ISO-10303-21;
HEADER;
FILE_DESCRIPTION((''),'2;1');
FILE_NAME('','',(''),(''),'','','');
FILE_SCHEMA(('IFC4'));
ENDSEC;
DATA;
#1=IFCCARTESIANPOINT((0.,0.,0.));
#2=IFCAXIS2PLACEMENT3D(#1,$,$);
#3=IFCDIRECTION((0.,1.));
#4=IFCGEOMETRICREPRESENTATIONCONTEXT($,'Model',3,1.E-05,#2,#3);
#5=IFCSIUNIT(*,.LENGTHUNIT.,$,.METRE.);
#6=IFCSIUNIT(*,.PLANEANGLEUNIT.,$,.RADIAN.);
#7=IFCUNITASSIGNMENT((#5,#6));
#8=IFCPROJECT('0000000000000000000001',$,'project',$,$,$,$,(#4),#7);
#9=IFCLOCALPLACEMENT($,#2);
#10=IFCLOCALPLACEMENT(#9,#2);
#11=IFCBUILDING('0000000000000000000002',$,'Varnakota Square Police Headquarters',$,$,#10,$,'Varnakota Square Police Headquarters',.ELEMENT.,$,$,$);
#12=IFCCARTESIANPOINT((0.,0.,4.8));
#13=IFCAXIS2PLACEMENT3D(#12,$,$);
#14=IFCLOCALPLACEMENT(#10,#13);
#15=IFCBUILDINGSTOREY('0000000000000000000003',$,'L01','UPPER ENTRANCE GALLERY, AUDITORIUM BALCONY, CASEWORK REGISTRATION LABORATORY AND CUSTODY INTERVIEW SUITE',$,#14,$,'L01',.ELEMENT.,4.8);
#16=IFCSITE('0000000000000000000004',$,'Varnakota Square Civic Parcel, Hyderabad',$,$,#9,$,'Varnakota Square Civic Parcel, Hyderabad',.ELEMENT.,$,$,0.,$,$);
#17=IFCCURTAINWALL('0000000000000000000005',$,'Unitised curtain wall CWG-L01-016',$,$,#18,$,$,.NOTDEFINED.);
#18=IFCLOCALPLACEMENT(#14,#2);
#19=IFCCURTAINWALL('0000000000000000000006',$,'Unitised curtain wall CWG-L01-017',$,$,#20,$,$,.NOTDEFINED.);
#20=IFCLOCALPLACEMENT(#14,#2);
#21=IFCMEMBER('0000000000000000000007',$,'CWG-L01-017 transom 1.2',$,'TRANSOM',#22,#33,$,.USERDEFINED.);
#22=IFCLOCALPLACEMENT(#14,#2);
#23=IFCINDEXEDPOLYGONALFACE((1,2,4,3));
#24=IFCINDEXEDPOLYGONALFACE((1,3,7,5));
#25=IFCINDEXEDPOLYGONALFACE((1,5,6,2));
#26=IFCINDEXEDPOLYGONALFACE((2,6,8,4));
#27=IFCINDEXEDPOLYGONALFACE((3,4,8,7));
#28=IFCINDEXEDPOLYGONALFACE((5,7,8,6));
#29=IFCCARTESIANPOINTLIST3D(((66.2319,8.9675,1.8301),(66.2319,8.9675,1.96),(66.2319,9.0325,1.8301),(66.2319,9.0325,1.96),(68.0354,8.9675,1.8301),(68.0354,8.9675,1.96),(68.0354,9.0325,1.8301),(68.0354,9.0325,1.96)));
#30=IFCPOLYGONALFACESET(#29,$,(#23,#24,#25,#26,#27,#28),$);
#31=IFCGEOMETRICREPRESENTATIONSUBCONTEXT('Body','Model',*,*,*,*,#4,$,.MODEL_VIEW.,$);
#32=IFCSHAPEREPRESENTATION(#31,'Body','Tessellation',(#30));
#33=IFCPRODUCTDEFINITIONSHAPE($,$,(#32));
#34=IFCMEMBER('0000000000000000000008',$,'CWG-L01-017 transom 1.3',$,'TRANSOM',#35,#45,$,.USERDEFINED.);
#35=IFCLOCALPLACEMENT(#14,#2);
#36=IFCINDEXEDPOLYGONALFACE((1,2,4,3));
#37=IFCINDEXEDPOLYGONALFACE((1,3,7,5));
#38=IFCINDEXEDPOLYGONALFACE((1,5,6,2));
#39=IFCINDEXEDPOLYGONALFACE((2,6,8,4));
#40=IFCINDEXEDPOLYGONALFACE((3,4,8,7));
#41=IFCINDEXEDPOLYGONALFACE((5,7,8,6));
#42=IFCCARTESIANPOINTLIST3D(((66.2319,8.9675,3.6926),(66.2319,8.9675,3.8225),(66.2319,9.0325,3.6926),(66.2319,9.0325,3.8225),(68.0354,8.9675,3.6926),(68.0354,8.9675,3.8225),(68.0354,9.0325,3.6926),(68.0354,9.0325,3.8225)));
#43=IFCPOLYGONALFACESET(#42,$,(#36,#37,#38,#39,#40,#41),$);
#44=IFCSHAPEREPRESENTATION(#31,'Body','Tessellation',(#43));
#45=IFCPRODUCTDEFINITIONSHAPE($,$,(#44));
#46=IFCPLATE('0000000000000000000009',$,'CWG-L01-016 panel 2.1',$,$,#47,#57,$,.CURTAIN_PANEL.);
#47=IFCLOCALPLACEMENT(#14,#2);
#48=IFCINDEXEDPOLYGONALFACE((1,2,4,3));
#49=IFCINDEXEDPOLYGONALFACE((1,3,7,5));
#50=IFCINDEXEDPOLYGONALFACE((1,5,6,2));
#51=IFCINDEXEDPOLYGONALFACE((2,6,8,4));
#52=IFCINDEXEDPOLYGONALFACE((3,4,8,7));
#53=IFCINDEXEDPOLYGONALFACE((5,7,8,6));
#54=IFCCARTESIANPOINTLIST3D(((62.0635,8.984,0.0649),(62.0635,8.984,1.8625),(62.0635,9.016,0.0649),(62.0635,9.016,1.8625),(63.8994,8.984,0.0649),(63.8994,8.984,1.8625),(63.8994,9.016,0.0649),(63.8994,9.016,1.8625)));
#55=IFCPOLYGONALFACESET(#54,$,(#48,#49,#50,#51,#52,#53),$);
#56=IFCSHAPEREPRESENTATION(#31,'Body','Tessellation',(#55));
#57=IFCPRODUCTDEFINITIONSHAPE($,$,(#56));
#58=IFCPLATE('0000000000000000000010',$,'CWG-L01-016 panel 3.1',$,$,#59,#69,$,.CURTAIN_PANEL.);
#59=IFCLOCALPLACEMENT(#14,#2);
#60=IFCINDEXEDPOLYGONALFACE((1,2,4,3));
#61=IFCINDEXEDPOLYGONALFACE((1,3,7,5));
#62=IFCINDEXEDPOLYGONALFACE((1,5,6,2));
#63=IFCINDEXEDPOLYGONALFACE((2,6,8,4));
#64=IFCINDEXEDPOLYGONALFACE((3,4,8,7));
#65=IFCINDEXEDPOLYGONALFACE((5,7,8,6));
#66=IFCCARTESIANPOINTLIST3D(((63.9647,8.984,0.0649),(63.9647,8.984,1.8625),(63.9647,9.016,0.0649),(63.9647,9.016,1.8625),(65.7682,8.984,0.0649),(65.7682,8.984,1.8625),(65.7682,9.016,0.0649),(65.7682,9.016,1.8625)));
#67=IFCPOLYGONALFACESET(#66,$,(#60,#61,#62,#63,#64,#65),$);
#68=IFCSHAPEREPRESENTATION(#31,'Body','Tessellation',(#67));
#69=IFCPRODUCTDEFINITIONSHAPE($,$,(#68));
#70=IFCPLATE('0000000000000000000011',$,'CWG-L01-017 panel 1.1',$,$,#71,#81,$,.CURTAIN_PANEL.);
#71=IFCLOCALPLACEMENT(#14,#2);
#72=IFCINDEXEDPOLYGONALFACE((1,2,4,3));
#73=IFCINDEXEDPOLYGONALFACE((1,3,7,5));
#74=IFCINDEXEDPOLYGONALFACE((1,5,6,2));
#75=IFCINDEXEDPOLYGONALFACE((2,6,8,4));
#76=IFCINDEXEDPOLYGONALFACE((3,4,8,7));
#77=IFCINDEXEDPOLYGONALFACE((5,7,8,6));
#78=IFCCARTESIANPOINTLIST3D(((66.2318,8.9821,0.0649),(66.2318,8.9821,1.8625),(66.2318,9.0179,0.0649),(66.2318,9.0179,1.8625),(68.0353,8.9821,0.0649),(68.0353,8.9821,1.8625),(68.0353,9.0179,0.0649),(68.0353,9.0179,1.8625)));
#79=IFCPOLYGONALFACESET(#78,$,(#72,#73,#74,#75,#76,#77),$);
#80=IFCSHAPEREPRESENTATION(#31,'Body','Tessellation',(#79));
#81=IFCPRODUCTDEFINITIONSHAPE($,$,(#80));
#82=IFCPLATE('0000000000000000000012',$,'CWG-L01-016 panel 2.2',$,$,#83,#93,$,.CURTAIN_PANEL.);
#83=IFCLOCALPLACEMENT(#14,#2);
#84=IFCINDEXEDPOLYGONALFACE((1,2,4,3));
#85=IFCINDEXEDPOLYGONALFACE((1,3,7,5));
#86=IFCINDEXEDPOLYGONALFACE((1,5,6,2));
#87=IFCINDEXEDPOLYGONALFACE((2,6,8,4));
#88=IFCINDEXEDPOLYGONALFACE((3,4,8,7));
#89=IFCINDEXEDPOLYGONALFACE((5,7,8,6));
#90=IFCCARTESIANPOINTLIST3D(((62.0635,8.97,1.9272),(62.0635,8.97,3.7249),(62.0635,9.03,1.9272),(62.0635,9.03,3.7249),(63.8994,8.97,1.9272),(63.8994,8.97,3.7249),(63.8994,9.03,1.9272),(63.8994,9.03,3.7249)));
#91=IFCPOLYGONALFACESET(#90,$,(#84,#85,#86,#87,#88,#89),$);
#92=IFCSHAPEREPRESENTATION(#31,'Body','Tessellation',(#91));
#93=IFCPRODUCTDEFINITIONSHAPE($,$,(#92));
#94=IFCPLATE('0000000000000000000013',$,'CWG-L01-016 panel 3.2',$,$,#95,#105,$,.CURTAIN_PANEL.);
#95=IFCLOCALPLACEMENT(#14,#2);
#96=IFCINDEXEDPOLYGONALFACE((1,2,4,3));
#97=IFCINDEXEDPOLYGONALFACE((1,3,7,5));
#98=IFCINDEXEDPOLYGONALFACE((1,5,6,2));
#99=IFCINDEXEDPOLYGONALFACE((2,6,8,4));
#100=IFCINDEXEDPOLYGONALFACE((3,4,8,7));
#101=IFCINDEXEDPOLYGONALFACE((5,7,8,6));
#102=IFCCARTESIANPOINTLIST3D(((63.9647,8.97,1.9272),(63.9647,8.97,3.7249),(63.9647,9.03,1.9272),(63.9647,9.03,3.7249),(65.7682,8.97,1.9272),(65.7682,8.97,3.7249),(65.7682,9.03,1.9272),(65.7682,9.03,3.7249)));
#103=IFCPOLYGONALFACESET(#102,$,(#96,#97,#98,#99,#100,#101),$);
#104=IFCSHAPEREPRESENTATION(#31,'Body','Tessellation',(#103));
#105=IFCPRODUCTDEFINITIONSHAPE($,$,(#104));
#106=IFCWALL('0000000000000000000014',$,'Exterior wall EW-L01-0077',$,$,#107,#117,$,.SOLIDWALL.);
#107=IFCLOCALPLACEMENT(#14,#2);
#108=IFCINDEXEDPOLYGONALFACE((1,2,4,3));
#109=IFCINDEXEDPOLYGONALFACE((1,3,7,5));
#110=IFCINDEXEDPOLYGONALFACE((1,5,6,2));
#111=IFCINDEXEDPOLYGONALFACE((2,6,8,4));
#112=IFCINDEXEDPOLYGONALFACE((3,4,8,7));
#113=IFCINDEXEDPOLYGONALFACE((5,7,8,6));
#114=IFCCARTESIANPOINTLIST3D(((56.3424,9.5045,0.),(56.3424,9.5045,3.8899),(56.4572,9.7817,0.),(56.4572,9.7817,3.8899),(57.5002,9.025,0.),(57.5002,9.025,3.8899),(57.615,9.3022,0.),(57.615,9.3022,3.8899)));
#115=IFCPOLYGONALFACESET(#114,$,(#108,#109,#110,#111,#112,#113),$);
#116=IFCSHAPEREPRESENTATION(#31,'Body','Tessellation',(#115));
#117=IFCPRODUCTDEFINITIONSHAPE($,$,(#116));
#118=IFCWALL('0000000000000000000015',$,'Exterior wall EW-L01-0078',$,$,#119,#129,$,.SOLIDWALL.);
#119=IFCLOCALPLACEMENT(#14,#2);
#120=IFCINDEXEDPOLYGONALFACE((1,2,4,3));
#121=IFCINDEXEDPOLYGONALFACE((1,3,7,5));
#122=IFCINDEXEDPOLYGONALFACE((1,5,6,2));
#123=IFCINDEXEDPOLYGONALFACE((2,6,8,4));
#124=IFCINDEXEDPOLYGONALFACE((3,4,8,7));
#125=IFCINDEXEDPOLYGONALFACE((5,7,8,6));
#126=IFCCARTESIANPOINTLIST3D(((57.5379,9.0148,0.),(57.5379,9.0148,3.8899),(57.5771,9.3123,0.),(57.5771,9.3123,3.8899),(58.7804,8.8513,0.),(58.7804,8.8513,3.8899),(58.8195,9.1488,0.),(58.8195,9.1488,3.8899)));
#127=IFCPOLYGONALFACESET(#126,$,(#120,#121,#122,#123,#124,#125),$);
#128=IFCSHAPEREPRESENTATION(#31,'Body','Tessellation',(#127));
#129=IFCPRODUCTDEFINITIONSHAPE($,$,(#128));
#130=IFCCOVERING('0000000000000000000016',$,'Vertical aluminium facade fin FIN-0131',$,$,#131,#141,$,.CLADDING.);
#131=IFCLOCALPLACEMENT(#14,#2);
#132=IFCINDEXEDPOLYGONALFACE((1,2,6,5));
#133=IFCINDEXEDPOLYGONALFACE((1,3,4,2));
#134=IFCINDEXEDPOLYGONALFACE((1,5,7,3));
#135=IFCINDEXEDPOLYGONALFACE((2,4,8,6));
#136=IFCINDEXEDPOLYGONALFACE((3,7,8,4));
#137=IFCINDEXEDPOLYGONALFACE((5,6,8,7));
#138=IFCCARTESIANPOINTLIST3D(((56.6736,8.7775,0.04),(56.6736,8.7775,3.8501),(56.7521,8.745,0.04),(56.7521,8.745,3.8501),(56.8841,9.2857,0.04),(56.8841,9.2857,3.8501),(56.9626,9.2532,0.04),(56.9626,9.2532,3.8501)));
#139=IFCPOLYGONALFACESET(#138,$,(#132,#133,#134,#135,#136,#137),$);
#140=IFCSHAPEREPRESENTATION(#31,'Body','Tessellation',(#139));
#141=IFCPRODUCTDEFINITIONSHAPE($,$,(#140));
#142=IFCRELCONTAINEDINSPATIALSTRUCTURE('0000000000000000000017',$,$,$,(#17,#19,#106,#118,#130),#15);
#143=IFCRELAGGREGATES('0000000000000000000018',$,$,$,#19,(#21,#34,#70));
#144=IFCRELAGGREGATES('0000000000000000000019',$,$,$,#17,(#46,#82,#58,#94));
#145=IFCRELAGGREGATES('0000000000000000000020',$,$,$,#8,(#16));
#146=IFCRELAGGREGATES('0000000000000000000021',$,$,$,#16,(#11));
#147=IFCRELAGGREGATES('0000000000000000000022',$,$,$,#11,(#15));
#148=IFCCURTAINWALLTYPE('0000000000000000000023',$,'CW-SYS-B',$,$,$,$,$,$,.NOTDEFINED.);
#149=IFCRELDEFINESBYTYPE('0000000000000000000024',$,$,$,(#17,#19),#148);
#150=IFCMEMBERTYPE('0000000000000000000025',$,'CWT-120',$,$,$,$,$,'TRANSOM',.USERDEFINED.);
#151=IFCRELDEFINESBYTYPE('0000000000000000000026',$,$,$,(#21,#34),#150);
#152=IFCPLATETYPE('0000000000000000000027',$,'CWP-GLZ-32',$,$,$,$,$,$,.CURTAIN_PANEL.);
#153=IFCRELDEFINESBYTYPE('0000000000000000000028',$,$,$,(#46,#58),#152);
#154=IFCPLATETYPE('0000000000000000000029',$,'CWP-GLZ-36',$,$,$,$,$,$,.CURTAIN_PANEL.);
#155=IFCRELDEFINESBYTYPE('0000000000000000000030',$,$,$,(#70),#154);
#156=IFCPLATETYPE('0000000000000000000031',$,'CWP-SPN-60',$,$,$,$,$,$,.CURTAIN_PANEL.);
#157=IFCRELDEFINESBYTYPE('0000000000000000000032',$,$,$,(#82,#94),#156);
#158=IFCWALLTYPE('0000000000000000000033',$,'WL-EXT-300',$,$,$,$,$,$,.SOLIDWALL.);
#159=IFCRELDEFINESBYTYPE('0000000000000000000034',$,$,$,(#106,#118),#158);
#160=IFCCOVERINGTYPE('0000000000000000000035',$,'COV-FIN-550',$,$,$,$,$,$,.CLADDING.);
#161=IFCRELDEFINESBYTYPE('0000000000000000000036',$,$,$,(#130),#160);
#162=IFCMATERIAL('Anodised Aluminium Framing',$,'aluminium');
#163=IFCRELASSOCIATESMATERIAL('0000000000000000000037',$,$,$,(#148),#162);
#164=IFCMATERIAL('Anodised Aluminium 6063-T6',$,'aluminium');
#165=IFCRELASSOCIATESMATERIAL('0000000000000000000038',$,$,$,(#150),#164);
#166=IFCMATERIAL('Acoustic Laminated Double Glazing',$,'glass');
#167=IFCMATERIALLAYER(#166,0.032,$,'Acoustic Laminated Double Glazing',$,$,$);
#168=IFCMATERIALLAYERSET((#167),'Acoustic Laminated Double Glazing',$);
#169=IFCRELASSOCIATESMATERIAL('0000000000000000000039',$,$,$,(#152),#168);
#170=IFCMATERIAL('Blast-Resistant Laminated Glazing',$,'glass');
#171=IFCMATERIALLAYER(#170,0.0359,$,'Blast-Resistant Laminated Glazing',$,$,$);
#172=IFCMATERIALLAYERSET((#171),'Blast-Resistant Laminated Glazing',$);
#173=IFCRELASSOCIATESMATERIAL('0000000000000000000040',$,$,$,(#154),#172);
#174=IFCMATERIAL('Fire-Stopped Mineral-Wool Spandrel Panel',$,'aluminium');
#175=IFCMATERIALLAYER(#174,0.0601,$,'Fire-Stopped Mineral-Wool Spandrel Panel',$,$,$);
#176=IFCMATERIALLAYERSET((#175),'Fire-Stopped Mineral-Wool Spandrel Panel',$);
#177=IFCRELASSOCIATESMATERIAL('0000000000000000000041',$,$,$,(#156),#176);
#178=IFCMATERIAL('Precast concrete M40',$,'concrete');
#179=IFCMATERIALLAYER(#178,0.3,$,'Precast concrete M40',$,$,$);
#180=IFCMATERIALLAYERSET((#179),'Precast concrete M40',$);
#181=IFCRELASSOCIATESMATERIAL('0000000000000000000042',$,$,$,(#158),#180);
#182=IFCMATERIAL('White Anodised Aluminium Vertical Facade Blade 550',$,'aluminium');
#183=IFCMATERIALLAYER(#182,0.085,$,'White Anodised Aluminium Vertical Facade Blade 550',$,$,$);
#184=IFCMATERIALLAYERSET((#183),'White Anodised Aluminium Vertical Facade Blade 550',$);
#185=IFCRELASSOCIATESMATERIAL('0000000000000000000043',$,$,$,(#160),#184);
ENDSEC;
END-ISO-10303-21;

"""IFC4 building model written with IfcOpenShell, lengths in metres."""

from ifc_helpers import new_model, si_unit, direction, frame, frame_2d, origin, origin_2d, place, context, subcontext, project, spatial, rectangle, extrude, material, layer, layer_set, material_profile, profile_set, type_object, element, aggregate, save


model = new_model("IFC4")

# Units and contexts
model_context = context("Model", 3, precision=1e-05, world=origin(), true_north=direction((0.0, 1.0)))
body_context = subcontext(model_context, "Body", "Model", "MODEL_VIEW")
ifc_project = project(units=[si_unit("LENGTHUNIT", "METRE"), si_unit("PLANEANGLEUNIT", "RADIAN")], contexts=[model_context])

# Site, building, storey
site_placement = place(None, origin())
site = spatial("IfcSite", under=ifc_project, at=site_placement, Name="Varnakota Square Civic Parcel, Hyderabad", LongName="Varnakota Square Civic Parcel, Hyderabad", CompositionType="ELEMENT", RefElevation=0.0)
building_placement = place(site_placement, origin())
building = spatial("IfcBuilding", under=site, at=building_placement, Name="Varnakota Square Police Headquarters", LongName="Varnakota Square Police Headquarters", CompositionType="ELEMENT")
storey_placement = place(building_placement, frame((0.0, 0.0, 4.8)))
storey = spatial("IfcBuildingStorey", under=building, at=storey_placement, Name="L01", Description="UPPER ENTRANCE GALLERY, AUDITORIUM BALCONY, CASEWORK REGISTRATION LABORATORY AND CUSTODY INTERVIEW SUITE", LongName="L01", CompositionType="ELEMENT", Elevation=4.8)

# Curtain wall
ifc_material_1 = material(Name="Anodised Aluminium Framing", Category="aluminium")
curtain_wall_type = type_object("IfcCurtainWallType", Name="CW-SYS-B", PredefinedType="NOTDEFINED", material=ifc_material_1)
curtain_wall_1_placement = place(storey_placement, origin())
curtain_wall_1 = element("IfcCurtainWall", 1, at=curtain_wall_1_placement, inside=storey, type_object=curtain_wall_type, Name="Unitised curtain wall CWG-L01-016", PredefinedType="NOTDEFINED")
ifc_material_2 = material(Name="Anodised Aluminium 6063-T6", Category="aluminium")

# Curtain wall
curtain_wall_2_placement = place(storey_placement, origin())
curtain_wall_2 = element("IfcCurtainWall", 2, at=curtain_wall_2_placement, inside=storey, type_object=curtain_wall_type, Name="Unitised curtain wall CWG-L01-017", PredefinedType="NOTDEFINED")

# Members
ifc_material_profile_1 = material_profile(ifc_material_2, rectangle(XDim=0.0649, YDim=0.1299, at=origin_2d()), Name="ALU TRANSOM 65x130")
ifc_profile_set_1 = profile_set([ifc_material_profile_1], Name="Anodised Aluminium 6063-T6")
member_type_1 = type_object("IfcMemberType", Name="CWT-120", ElementType="TRANSOM", PredefinedType="USERDEFINED", material=ifc_profile_set_1)
member_1_placement = place(storey_placement, frame((66.2319, 9.0, 1.895), z_axis=(1.0, 0.0, 0.0), x_axis=(0.0, 1.0, 0.0)))
member_1 = element("IfcMember", 3, at=member_1_placement, type_object=member_type_1, Name="CWG-L01-017 transom 1.2", ObjectType="TRANSOM", PredefinedType="USERDEFINED", context=body_context, shape_type="SweptSolid", body=[
    extrude(rectangle(XDim=0.0649, YDim=0.1299, at=origin_2d()), origin(), (0.0, 0.0, 1.0), 1.8035),
])
member_2_placement = place(storey_placement, frame((66.2319, 9.0, 3.7576), z_axis=(1.0, 0.0, 0.0), x_axis=(0.0, 1.0, 0.0)))
member_2 = element("IfcMember", 4, at=member_2_placement, type_object=member_type_1, Name="CWG-L01-017 transom 1.3", ObjectType="TRANSOM", PredefinedType="USERDEFINED", context=body_context, shape_type="SweptSolid", body=[
    extrude(rectangle(XDim=0.0649, YDim=0.1299, at=origin_2d()), origin(), (0.0, 0.0, 1.0), 1.8035),
])

# Plates
ifc_material_3 = material(Name="Acoustic Laminated Double Glazing", Category="glass")
ifc_layer_1 = layer(ifc_material_3, 0.032, Name="Acoustic Laminated Double Glazing")
ifc_layer_set_1 = layer_set([ifc_layer_1], Name="Acoustic Laminated Double Glazing")
plate_type_1 = type_object("IfcPlateType", Name="CWP-GLZ-32", PredefinedType="CURTAIN_PANEL", material=ifc_layer_set_1)
plate_1_placement = place(storey_placement, frame((62.9814, 9.0, 0.0649), z_axis=(0.0, 0.0, 1.0), x_axis=(1.0, 0.0, 0.0)))
plate_1 = element("IfcPlate", 5, at=plate_1_placement, type_object=plate_type_1, Name="CWG-L01-016 panel 2.1", PredefinedType="CURTAIN_PANEL", context=body_context, shape_type="SweptSolid", body=[
    extrude(rectangle(XDim=1.8359, YDim=0.032, at=origin_2d()), origin(), (0.0, 0.0, 1.0), 1.7976),
])
plate_2_placement = place(storey_placement, frame((64.8665, 9.0, 0.0649), z_axis=(0.0, 0.0, 1.0), x_axis=(1.0, 0.0, 0.0)))
plate_2 = element("IfcPlate", 6, at=plate_2_placement, type_object=plate_type_1, Name="CWG-L01-016 panel 3.1", PredefinedType="CURTAIN_PANEL", context=body_context, shape_type="SweptSolid", body=[
    extrude(rectangle(XDim=1.8035, YDim=0.032, at=origin_2d()), origin(), (0.0, 0.0, 1.0), 1.7976),
])
ifc_material_4 = material(Name="Blast-Resistant Laminated Glazing", Category="glass")
ifc_layer_2 = layer(ifc_material_4, 0.0359, Name="Blast-Resistant Laminated Glazing")
ifc_layer_set_2 = layer_set([ifc_layer_2], Name="Blast-Resistant Laminated Glazing")
plate_type_2 = type_object("IfcPlateType", Name="CWP-GLZ-36", PredefinedType="CURTAIN_PANEL", material=ifc_layer_set_2)
plate_3_placement = place(storey_placement, frame((67.1335, 9.0, 0.0649), z_axis=(0.0, 0.0, 1.0), x_axis=(1.0, 0.0, 0.0)))
plate_3 = element("IfcPlate", 7, at=plate_3_placement, type_object=plate_type_2, Name="CWG-L01-017 panel 1.1", PredefinedType="CURTAIN_PANEL", context=body_context, shape_type="SweptSolid", body=[
    extrude(rectangle(XDim=1.8035, YDim=0.0359, at=origin_2d()), origin(), (0.0, 0.0, 1.0), 1.7976),
])
aggregate(curtain_wall_2, [member_1, member_2, plate_3])
ifc_material_5 = material(Name="Fire-Stopped Mineral-Wool Spandrel Panel", Category="aluminium")
ifc_layer_3 = layer(ifc_material_5, 0.0601, Name="Fire-Stopped Mineral-Wool Spandrel Panel")
ifc_layer_set_3 = layer_set([ifc_layer_3], Name="Fire-Stopped Mineral-Wool Spandrel Panel")
plate_type_3 = type_object("IfcPlateType", Name="CWP-SPN-60", PredefinedType="CURTAIN_PANEL", material=ifc_layer_set_3)
plate_4_placement = place(storey_placement, frame((62.9814, 9.0, 1.9272), z_axis=(0.0, 0.0, 1.0), x_axis=(1.0, 0.0, 0.0)))
plate_4 = element("IfcPlate", 8, at=plate_4_placement, type_object=plate_type_3, Name="CWG-L01-016 panel 2.2", PredefinedType="CURTAIN_PANEL", context=body_context, shape_type="SweptSolid", body=[
    extrude(rectangle(XDim=1.8359, YDim=0.0601, at=origin_2d()), origin(), (0.0, 0.0, 1.0), 1.7976),
])
plate_5_placement = place(storey_placement, frame((64.8665, 9.0, 1.9272), z_axis=(0.0, 0.0, 1.0), x_axis=(1.0, 0.0, 0.0)))
plate_5 = element("IfcPlate", 9, at=plate_5_placement, type_object=plate_type_3, Name="CWG-L01-016 panel 3.2", PredefinedType="CURTAIN_PANEL", context=body_context, shape_type="SweptSolid", body=[
    extrude(rectangle(XDim=1.8035, YDim=0.0601, at=origin_2d()), origin(), (0.0, 0.0, 1.0), 1.7976),
])
aggregate(curtain_wall_1, [plate_1, plate_4, plate_2, plate_5])

# Walls
ifc_material_6 = material(Name="Precast concrete M40", Category="concrete")
ifc_layer_4 = layer(ifc_material_6, 0.3, Name="Precast concrete M40")
ifc_layer_set_4 = layer_set([ifc_layer_4], Name="Precast concrete M40")
wall_type = type_object("IfcWallType", Name="WL-EXT-300", PredefinedType="SOLIDWALL", material=ifc_layer_set_4)
for number, where, z_axis, x_axis, name in (
    (10, (56.3999, 9.6431, 0.0), (0.0, 0.0, 1.0), (0.923893, -0.38265, 0.0), "Exterior wall EW-L01-0077"),
    (11, (57.5576, 9.1636, 0.0), (0.0, 0.0, 1.0), (0.991444, -0.13053, 0.0), "Exterior wall EW-L01-0078"),
):
    element("IfcWall", number, at=place(storey_placement, frame(where, z_axis=z_axis, x_axis=x_axis)), inside=storey, type_object=wall_type, Name=name, PredefinedType="SOLIDWALL", context=body_context, shape_type="SweptSolid", body=[
        extrude(rectangle(XDim=1.2532, YDim=0.3, at=frame_2d((0.6265, 0.0))), origin(), (0.0, 0.0, 1.0), 3.8899),
    ])

# Covering
ifc_material_7 = material(Name="White Anodised Aluminium Vertical Facade Blade 550", Category="aluminium")
ifc_layer_5 = layer(ifc_material_7, 0.085, Name="White Anodised Aluminium Vertical Facade Blade 550")
ifc_layer_set_5 = layer_set([ifc_layer_5], Name="White Anodised Aluminium Vertical Facade Blade 550")
covering_type = type_object("IfcCoveringType", Name="COV-FIN-550", PredefinedType="CLADDING", material=ifc_layer_set_5)
covering_placement = place(storey_placement, frame((56.8181, 9.0154, 0.04), z_axis=(0.0, 0.0, 1.0), x_axis=(0.92388, -0.382683, 0.0)))
element("IfcCovering", 12, at=covering_placement, inside=storey, type_object=covering_type, Name="Vertical aluminium facade fin FIN-0131", PredefinedType="CLADDING", context=body_context, shape_type="SweptSolid", body=[
    extrude(rectangle(XDim=0.085, YDim=0.55, at=origin_2d()), origin(), (0.0, 0.0, 1.0), 3.8101),
])

save(model, "model.ifc")
